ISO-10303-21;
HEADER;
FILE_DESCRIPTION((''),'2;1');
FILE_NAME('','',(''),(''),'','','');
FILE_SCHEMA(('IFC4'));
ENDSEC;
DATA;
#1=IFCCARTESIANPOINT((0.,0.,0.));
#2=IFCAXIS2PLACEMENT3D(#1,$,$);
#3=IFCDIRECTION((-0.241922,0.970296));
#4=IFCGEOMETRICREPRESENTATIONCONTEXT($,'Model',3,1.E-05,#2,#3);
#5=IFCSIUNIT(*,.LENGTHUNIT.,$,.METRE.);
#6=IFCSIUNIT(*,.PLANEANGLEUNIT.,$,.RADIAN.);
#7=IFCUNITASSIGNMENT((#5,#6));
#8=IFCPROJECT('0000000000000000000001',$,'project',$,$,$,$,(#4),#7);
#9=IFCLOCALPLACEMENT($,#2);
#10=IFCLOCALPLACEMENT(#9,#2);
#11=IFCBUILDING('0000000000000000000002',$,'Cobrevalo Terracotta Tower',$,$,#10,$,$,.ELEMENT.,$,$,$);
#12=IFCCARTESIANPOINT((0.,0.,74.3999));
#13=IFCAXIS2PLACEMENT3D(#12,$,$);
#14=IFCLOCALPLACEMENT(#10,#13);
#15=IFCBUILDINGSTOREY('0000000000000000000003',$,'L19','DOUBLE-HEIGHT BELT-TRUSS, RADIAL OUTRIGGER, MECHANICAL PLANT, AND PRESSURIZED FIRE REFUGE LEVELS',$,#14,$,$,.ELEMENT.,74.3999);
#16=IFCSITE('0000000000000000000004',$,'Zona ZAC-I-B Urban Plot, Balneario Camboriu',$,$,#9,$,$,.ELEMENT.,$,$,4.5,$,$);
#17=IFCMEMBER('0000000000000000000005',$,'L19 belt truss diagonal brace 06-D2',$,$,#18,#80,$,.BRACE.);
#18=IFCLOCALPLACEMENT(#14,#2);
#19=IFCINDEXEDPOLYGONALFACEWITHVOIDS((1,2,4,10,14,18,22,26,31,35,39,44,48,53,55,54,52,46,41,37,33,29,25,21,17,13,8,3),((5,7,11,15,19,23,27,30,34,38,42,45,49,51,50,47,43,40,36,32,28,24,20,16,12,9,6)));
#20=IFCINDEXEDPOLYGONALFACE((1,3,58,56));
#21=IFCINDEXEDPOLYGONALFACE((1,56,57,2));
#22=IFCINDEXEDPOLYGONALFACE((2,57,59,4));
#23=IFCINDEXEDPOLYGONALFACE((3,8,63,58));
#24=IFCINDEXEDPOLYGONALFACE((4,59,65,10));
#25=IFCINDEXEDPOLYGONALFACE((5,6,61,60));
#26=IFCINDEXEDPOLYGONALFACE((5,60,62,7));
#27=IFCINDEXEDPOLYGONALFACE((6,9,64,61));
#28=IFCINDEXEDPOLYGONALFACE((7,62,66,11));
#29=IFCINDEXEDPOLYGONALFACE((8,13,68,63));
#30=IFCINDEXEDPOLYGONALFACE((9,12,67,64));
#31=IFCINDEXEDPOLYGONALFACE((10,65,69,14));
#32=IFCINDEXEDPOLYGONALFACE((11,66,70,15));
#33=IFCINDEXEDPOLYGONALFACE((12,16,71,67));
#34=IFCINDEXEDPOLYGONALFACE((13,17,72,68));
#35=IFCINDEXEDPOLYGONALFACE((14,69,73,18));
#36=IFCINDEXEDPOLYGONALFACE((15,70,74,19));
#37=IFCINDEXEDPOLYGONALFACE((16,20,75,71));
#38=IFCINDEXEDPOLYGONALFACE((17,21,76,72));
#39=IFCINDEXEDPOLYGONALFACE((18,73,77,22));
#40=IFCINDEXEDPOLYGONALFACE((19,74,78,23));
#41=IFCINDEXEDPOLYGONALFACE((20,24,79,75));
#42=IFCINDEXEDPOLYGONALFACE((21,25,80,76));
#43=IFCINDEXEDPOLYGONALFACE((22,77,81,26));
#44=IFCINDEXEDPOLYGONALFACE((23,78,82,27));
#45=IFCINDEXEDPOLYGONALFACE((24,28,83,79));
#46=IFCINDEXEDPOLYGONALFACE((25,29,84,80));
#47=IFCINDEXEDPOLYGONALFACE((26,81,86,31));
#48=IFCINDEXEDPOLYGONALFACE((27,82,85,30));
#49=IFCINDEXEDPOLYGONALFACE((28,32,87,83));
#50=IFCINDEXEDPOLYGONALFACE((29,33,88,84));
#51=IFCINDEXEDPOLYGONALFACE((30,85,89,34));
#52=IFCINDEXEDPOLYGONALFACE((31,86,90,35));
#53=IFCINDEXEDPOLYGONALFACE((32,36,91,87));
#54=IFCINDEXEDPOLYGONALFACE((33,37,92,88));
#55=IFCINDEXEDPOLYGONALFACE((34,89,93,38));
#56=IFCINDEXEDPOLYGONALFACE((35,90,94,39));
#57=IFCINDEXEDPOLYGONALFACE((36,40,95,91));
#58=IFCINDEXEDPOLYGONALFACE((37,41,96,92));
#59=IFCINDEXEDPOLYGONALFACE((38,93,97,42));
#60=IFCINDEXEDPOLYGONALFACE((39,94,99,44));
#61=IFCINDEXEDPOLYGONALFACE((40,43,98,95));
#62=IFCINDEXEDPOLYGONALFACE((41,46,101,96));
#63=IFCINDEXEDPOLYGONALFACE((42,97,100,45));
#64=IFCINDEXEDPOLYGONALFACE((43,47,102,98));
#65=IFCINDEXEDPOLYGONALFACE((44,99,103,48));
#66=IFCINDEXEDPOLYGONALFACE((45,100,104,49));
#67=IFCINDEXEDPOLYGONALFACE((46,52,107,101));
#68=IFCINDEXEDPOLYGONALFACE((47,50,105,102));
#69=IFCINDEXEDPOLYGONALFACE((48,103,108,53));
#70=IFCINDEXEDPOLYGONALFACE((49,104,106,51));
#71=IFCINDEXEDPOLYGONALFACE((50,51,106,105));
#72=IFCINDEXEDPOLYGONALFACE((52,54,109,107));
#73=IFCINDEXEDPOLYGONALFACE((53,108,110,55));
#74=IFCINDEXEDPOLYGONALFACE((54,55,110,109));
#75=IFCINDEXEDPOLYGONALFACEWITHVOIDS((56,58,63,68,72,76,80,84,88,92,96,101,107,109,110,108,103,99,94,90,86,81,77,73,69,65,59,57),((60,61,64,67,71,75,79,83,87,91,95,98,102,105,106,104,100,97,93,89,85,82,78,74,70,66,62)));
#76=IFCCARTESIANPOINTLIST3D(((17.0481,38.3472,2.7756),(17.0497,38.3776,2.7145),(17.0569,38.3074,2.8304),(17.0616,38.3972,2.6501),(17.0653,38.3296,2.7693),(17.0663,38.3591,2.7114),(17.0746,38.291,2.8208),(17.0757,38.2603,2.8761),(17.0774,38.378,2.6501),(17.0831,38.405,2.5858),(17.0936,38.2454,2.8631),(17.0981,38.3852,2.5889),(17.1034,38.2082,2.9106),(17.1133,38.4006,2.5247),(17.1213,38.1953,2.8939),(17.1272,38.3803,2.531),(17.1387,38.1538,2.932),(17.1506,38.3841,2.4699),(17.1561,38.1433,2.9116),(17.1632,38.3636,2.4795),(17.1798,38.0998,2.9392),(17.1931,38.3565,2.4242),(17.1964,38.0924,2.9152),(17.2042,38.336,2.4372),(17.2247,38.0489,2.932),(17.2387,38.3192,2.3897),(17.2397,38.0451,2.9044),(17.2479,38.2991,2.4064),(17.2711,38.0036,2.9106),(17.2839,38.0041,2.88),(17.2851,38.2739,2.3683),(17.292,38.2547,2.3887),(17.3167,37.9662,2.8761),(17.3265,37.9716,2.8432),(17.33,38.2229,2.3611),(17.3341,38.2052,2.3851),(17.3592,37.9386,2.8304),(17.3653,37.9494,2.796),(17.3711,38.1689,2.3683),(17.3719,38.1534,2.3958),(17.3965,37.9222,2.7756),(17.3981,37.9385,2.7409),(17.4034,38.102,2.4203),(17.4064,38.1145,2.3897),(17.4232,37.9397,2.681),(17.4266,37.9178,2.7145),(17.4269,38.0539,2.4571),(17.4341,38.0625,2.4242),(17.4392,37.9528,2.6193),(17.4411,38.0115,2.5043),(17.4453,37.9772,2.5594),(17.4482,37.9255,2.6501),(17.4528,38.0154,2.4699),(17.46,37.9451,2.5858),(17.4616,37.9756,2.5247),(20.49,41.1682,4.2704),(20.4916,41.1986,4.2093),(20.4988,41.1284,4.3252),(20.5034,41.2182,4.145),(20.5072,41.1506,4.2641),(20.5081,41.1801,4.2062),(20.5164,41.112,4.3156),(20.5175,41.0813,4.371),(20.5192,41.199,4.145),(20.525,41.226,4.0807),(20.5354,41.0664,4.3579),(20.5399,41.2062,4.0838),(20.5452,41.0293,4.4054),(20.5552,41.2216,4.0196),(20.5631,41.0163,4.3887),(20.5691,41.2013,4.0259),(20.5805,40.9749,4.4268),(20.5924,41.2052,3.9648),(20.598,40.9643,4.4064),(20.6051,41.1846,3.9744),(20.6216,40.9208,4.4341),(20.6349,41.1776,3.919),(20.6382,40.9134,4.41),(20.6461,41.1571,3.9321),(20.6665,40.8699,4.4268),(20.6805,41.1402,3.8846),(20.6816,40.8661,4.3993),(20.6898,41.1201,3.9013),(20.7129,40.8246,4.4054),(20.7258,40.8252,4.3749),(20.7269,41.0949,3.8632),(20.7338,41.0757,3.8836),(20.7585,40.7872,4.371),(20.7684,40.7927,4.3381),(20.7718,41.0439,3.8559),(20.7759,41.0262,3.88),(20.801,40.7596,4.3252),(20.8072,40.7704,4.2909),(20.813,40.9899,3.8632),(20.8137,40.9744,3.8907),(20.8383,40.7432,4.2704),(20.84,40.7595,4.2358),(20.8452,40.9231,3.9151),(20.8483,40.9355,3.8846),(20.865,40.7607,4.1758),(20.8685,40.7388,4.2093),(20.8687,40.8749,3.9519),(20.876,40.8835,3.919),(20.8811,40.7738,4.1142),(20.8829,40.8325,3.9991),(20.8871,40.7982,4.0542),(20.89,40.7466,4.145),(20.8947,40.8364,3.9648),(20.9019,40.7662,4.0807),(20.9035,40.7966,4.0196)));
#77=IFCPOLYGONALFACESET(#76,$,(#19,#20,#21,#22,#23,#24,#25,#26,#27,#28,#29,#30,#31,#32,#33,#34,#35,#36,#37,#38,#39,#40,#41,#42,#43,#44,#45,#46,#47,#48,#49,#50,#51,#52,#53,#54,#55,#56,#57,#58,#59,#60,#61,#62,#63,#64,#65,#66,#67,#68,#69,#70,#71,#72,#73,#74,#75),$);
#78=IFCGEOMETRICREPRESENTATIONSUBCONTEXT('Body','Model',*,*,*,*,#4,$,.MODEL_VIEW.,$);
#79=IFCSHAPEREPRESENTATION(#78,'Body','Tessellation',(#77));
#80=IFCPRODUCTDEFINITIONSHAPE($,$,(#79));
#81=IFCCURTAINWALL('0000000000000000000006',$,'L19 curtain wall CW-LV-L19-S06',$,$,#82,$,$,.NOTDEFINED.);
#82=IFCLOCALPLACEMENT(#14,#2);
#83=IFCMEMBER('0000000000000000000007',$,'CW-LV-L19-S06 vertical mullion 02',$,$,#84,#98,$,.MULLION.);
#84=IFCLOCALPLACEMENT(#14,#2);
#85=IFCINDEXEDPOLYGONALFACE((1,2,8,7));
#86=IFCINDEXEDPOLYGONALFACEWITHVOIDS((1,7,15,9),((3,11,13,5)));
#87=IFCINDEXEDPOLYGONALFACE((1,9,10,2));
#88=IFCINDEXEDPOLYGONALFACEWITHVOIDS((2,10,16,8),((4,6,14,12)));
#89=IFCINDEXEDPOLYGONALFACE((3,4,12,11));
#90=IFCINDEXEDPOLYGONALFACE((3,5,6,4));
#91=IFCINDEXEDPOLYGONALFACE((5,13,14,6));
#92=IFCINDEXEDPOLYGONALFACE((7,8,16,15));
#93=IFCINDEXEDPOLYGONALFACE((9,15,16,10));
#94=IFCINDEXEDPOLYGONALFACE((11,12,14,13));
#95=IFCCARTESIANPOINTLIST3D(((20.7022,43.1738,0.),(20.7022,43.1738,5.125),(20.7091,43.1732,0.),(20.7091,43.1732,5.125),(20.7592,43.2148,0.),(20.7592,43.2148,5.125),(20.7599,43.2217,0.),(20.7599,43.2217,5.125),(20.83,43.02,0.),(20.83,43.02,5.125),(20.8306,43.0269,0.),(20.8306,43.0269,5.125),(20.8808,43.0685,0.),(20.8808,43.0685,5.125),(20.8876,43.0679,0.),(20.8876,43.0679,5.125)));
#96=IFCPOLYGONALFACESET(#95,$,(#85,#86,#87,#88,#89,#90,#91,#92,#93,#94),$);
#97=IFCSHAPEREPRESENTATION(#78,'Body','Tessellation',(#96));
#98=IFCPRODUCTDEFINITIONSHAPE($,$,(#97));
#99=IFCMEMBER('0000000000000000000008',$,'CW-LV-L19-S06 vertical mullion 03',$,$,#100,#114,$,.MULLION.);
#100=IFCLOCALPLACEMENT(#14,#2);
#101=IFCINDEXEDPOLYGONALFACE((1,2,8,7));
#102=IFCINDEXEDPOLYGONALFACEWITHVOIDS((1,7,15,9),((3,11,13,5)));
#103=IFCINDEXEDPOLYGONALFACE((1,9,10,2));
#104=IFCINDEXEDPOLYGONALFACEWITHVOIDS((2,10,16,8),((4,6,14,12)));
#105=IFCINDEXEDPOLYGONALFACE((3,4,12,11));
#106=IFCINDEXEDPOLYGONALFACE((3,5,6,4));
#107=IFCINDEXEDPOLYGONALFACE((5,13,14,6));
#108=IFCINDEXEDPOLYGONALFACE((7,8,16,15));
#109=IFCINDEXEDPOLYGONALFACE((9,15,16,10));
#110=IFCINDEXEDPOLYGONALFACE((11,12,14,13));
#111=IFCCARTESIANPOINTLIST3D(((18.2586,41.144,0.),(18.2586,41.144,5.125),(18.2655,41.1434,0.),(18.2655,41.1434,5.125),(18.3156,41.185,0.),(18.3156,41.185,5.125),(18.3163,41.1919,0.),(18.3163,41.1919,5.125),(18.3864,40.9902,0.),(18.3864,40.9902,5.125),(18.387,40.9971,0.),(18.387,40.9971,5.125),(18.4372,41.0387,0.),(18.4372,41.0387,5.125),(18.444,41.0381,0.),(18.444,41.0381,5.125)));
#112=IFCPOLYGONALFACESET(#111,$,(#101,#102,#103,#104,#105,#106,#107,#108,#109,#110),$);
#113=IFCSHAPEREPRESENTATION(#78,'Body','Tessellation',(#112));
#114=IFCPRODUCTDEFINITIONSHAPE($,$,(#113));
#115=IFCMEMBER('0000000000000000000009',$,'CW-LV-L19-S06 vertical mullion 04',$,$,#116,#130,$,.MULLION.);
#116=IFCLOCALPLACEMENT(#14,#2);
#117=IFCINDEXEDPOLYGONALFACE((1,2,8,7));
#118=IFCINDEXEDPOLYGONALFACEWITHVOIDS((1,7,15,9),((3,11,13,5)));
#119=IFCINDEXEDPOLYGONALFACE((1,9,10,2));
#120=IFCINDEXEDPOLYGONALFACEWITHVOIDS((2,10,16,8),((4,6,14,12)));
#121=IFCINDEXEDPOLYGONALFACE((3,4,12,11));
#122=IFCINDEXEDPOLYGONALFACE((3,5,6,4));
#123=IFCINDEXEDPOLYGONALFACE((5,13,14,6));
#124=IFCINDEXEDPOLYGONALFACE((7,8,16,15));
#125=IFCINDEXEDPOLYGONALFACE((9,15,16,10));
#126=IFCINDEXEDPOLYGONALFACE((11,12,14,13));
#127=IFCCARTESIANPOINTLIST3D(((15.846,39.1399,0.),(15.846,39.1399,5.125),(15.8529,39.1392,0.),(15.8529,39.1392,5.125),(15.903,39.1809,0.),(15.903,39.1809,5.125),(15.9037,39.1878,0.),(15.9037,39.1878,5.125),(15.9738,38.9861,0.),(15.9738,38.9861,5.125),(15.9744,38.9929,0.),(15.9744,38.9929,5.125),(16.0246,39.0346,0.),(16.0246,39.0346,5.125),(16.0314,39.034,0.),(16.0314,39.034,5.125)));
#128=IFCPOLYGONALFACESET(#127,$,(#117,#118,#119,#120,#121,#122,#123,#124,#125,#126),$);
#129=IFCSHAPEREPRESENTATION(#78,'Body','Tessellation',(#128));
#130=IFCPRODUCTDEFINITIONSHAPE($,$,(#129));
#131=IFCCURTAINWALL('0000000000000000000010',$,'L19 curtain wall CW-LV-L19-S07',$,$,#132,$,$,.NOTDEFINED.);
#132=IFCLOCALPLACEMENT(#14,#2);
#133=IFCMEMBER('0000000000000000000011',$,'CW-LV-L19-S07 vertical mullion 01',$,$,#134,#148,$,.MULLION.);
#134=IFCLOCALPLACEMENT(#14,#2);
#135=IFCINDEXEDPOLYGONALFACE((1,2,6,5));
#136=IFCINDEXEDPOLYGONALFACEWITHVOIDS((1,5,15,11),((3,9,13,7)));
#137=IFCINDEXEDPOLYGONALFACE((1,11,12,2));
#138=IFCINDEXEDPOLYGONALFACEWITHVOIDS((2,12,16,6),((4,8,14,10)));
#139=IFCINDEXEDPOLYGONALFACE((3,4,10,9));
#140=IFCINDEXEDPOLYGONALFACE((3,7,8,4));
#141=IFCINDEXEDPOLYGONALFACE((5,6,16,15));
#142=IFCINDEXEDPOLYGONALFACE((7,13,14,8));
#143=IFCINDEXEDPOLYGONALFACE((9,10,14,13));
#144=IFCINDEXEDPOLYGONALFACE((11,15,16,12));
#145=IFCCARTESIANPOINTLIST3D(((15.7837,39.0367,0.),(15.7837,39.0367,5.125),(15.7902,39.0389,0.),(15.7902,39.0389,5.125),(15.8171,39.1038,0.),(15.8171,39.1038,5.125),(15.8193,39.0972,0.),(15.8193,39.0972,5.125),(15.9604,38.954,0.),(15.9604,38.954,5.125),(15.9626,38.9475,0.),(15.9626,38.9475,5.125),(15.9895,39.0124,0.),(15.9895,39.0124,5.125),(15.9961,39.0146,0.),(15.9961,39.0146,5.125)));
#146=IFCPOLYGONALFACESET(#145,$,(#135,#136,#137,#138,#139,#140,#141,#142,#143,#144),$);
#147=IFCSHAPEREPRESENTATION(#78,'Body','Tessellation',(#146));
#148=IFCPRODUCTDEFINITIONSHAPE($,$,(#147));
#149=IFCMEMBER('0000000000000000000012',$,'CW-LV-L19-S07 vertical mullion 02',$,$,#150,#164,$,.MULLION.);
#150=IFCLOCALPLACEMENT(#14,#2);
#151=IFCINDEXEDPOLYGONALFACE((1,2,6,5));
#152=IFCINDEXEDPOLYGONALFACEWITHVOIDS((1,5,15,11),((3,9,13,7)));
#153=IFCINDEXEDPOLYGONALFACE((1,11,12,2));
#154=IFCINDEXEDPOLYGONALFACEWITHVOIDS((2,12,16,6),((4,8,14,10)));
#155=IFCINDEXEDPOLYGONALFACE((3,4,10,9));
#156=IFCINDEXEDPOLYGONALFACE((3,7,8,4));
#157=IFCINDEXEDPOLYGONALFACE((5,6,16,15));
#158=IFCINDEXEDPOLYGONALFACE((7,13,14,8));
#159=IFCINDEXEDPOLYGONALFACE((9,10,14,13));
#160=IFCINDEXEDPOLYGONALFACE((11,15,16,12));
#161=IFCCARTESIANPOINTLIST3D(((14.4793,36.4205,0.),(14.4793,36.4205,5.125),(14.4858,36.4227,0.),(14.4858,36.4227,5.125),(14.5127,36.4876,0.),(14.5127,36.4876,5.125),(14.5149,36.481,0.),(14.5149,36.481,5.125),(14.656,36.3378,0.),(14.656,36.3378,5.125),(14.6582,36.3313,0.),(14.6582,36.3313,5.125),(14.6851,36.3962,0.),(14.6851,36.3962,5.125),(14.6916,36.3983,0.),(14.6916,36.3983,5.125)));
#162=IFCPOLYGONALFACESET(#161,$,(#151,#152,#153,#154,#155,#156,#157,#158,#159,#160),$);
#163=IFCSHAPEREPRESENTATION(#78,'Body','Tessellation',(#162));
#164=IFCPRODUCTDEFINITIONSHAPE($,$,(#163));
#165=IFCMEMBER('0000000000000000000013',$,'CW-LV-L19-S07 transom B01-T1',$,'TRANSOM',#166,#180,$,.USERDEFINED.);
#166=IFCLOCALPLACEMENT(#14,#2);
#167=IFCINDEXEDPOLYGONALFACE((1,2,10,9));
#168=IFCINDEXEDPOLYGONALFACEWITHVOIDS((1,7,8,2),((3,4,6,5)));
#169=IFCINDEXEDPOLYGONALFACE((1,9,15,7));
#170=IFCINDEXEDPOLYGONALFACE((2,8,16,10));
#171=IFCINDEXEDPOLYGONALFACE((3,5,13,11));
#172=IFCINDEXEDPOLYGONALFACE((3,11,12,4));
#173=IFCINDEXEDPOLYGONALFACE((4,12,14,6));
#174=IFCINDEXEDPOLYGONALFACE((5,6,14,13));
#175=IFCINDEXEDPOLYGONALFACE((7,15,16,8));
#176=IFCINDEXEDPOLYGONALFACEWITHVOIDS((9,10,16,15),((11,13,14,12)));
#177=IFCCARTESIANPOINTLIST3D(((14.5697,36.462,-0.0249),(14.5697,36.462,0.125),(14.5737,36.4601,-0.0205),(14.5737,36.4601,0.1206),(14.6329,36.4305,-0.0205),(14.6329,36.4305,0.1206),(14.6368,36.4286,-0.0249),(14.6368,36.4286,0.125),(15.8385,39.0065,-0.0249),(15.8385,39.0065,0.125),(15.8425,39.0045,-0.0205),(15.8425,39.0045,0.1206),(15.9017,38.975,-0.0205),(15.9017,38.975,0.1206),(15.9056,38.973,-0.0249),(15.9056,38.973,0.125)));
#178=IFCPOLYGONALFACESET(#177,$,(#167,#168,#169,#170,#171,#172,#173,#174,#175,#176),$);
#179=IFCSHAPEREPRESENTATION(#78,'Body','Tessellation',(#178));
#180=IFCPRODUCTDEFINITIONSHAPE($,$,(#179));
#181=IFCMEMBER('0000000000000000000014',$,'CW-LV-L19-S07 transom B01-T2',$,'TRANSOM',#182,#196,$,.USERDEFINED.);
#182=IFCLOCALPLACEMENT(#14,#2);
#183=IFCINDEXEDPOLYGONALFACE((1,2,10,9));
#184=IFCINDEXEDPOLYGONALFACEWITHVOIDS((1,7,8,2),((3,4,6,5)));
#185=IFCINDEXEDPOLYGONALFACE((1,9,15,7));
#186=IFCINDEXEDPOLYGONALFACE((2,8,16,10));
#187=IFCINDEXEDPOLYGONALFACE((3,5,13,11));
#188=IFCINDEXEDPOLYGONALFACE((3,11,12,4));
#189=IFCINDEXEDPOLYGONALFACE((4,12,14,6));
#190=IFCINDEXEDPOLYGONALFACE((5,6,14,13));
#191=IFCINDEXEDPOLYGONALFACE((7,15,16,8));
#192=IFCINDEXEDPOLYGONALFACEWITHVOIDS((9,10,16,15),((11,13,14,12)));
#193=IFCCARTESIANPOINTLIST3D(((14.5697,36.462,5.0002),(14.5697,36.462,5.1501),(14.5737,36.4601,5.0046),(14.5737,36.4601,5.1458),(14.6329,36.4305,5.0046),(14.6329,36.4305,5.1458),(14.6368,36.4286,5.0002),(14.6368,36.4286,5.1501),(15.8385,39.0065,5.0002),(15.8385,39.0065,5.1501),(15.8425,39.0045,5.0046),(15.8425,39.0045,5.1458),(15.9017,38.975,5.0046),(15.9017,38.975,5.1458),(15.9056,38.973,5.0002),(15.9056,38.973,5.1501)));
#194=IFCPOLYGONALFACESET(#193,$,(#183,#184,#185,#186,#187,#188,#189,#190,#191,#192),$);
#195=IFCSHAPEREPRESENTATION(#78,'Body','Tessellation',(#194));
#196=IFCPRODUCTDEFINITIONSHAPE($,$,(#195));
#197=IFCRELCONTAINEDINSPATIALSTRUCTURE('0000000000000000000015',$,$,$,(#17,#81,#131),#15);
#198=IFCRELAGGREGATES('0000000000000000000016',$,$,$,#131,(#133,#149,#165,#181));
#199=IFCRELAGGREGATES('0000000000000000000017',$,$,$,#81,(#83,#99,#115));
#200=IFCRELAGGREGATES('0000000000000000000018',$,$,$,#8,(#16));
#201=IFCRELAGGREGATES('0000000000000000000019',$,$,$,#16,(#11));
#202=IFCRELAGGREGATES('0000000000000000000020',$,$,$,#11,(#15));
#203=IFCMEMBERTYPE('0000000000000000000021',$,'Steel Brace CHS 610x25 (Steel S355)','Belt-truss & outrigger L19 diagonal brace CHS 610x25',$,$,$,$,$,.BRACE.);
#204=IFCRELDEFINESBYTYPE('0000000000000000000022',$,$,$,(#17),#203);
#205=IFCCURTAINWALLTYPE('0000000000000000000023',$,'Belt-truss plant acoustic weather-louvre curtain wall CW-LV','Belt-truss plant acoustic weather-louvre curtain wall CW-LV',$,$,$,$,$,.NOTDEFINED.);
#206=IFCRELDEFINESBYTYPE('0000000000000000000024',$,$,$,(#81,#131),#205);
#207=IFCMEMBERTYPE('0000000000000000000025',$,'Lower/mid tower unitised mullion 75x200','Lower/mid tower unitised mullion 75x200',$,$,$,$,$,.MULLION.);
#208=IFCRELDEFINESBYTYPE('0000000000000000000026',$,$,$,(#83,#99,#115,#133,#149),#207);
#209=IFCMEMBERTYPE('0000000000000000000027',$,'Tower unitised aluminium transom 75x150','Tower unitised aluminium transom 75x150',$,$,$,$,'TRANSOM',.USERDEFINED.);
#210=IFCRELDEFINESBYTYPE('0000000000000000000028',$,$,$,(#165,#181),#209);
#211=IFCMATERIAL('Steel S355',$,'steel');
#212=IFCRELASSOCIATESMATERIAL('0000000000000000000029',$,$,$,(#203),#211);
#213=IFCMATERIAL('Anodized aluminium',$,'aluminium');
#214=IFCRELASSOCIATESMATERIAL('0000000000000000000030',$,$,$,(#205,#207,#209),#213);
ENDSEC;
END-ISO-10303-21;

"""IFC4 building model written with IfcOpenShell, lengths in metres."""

from ifc_helpers import new_model, si_unit, direction, frame, origin, origin_2d, place, context, subcontext, project, spatial, hollow_rectangle, hollow_circle, extrude, source, transform, mapped, material, material_profile, profile_set, type_object, element, aggregate, save


model = new_model("IFC4")

# Units and contexts
model_context = context("Model", 3, precision=1e-05, world=origin(), true_north=direction((-0.241922, 0.970296)))
body_context = subcontext(model_context, "Body", "Model", "MODEL_VIEW")
ifc_project = project(units=[si_unit("LENGTHUNIT", "METRE"), si_unit("PLANEANGLEUNIT", "RADIAN")], contexts=[model_context])

# Site, building, storey
site_placement = place(None, origin())
site = spatial("IfcSite", under=ifc_project, at=site_placement, Name="Zona ZAC-I-B Urban Plot, Balneario Camboriu", CompositionType="ELEMENT", RefElevation=4.5)
building_placement = place(site_placement, origin())
building = spatial("IfcBuilding", under=site, at=building_placement, Name="Cobrevalo Terracotta Tower", CompositionType="ELEMENT")
storey_placement = place(building_placement, frame((0.0, 0.0, 74.3999)))
storey = spatial("IfcBuildingStorey", under=building, at=storey_placement, Name="L19", Description="DOUBLE-HEIGHT BELT-TRUSS, RADIAL OUTRIGGER, MECHANICAL PLANT, AND PRESSURIZED FIRE REFUGE LEVELS", CompositionType="ELEMENT", Elevation=74.3999)

# Shared definitions
ifc_material_1 = material(Name="Steel S355", Category="steel")

# Member
ifc_material_profile_1 = material_profile(ifc_material_1, hollow_circle(Radius=0.3049, WallThickness=0.0249, at=origin_2d()), Name="CHS 610x25")
ifc_profile_set_1 = profile_set([ifc_material_profile_1], Name="Steel S355")
member_type_1 = type_object("IfcMemberType", Name="Steel Brace CHS 610x25 (Steel S355)", Description="Belt-truss & outrigger L19 diagonal brace CHS 610x25", PredefinedType="BRACE", material=ifc_profile_set_1)
shared_shape_1 = source(origin(), body_context, "Body", "SweptSolid", [
    extrude(hollow_circle(Radius=0.3049, WallThickness=0.0249, at=origin_2d()), origin(), (0.0, 0.0, 1.0), 4.6946),
])
member_1_placement = place(storey_placement, frame((17.2549, 38.1614, 2.6501), z_axis=(0.733155, 0.600909, 0.318422), x_axis=(-0.633904, 0.773412, 0.0)))
element("IfcMember", 1, at=member_1_placement, inside=storey, type_object=member_type_1, Name="L19 belt truss diagonal brace 06-D2", PredefinedType="BRACE", context=body_context, shape_type="MappedRepresentation", body=[
    mapped(shared_shape_1, transform((0.0, 0.0, 0.0), scale=1.0)),
])

# Curtain walls, members
ifc_material_2 = material(Name="Anodized aluminium", Category="aluminium")
curtain_wall_type = type_object("IfcCurtainWallType", Name="Belt-truss plant acoustic weather-louvre curtain wall CW-LV", Description="Belt-truss plant acoustic weather-louvre curtain wall CW-LV", PredefinedType="NOTDEFINED", material=ifc_material_2)
curtain_wall_1_placement = place(storey_placement, origin())
curtain_wall_1 = element("IfcCurtainWall", 2, at=curtain_wall_1_placement, inside=storey, type_object=curtain_wall_type, Name="L19 curtain wall CW-LV-L19-S06", PredefinedType="NOTDEFINED")
ifc_material_profile_2 = material_profile(ifc_material_2, hollow_rectangle(XDim=0.075, YDim=0.2, WallThickness=0.0049, at=origin_2d()), Name="CWM 75x200")
ifc_profile_set_2 = profile_set([ifc_material_profile_2], Name="Anodized aluminium")
member_type_2 = type_object("IfcMemberType", Name="Lower/mid tower unitised mullion 75x200", Description="Lower/mid tower unitised mullion 75x200", PredefinedType="MULLION", material=ifc_profile_set_2)
shared_shape_2 = source(origin(), body_context, "Body", "SweptSolid", [
    extrude(hollow_rectangle(XDim=0.075, YDim=0.2, WallThickness=0.0049, at=origin_2d()), origin(), (0.0, 0.0, 1.0), 5.125),
])
member_2_placement = place(storey_placement, frame((20.7949, 43.1208, 0.0), z_axis=(0.0, 0.0, 1.0), x_axis=(-0.769243, -0.638956, 0.0)))
member_2 = element("IfcMember", 3, at=member_2_placement, type_object=member_type_2, Name="CW-LV-L19-S06 vertical mullion 02", PredefinedType="MULLION", context=body_context, shape_type="MappedRepresentation", body=[
    mapped(shared_shape_2, transform((0.0, 0.0, 0.0), scale=1.0)),
])
member_3_placement = place(storey_placement, frame((18.3513, 41.0911, 0.0), z_axis=(0.0, 0.0, 1.0), x_axis=(-0.769243, -0.638956, 0.0)))
member_3 = element("IfcMember", 4, at=member_3_placement, type_object=member_type_2, Name="CW-LV-L19-S06 vertical mullion 03", PredefinedType="MULLION", context=body_context, shape_type="MappedRepresentation", body=[
    mapped(shared_shape_2, transform((0.0, 0.0, 0.0), scale=1.0)),
])
member_4_placement = place(storey_placement, frame((15.9387, 39.0869, 0.0), z_axis=(0.0, 0.0, 1.0), x_axis=(-0.769243, -0.638956, 0.0)))
member_4 = element("IfcMember", 5, at=member_4_placement, type_object=member_type_2, Name="CW-LV-L19-S06 vertical mullion 04", PredefinedType="MULLION", context=body_context, shape_type="MappedRepresentation", body=[
    mapped(shared_shape_2, transform((0.0, 0.0, 0.0), scale=1.0)),
])
curtain_wall_2_placement = place(storey_placement, origin())
curtain_wall_2 = element("IfcCurtainWall", 6, at=curtain_wall_2_placement, inside=storey, type_object=curtain_wall_type, Name="L19 curtain wall CW-LV-L19-S07", PredefinedType="NOTDEFINED")
member_5_placement = place(storey_placement, frame((15.8899, 39.0256, 0.0), z_axis=(0.0, 0.0, 1.0), x_axis=(-0.44626, -0.894903, 0.0)))
member_5 = element("IfcMember", 7, at=member_5_placement, type_object=member_type_2, Name="CW-LV-L19-S07 vertical mullion 01", PredefinedType="MULLION", context=body_context, shape_type="MappedRepresentation", body=[
    mapped(shared_shape_2, transform((0.0, 0.0, 0.0), scale=1.0)),
])
member_6_placement = place(storey_placement, frame((14.5854, 36.4094, 0.0), z_axis=(0.0, 0.0, 1.0), x_axis=(-0.44626, -0.894903, 0.0)))
member_6 = element("IfcMember", 8, at=member_6_placement, type_object=member_type_2, Name="CW-LV-L19-S07 vertical mullion 02", PredefinedType="MULLION", context=body_context, shape_type="MappedRepresentation", body=[
    mapped(shared_shape_2, transform((0.0, 0.0, 0.0), scale=1.0)),
])
ifc_material_profile_3 = material_profile(ifc_material_2, hollow_rectangle(XDim=0.075, YDim=0.1499, WallThickness=0.0044, at=origin_2d()), Name="CWT 75x150")
ifc_profile_set_3 = profile_set([ifc_material_profile_3], Name="Anodized aluminium")
member_type_3 = type_object("IfcMemberType", Name="Tower unitised aluminium transom 75x150", Description="Tower unitised aluminium transom 75x150", ElementType="TRANSOM", PredefinedType="USERDEFINED", material=ifc_profile_set_3)
shared_shape_3 = source(origin(), body_context, "Body", "SweptSolid", [
    extrude(hollow_rectangle(XDim=0.075, YDim=0.1499, WallThickness=0.0044, at=origin_2d()), origin(), (0.0, 0.0, 1.0), 2.8433),
])
member_7_placement = place(storey_placement, frame((15.8721, 38.9897, 0.05), z_axis=(-0.446252, -0.894908, 0.0), x_axis=(0.894908, -0.446252, 0.0)))
member_7 = element("IfcMember", 9, at=member_7_placement, type_object=member_type_3, Name="CW-LV-L19-S07 transom B01-T1", ObjectType="TRANSOM", PredefinedType="USERDEFINED", context=body_context, shape_type="MappedRepresentation", body=[
    mapped(shared_shape_3, transform((0.0, 0.0, 0.0), scale=1.0)),
])
member_8_placement = place(storey_placement, frame((15.8721, 38.9897, 5.0752), z_axis=(-0.446252, -0.894908, 0.0), x_axis=(0.894908, -0.446252, 0.0)))
member_8 = element("IfcMember", 10, at=member_8_placement, type_object=member_type_3, Name="CW-LV-L19-S07 transom B01-T2", ObjectType="TRANSOM", PredefinedType="USERDEFINED", context=body_context, shape_type="MappedRepresentation", body=[
    mapped(shared_shape_3, transform((0.0, 0.0, 0.0), scale=1.0)),
])

aggregate(curtain_wall_2, [member_5, member_6, member_7, member_8])
aggregate(curtain_wall_1, [member_2, member_3, member_4])

save(model, "model.ifc")
